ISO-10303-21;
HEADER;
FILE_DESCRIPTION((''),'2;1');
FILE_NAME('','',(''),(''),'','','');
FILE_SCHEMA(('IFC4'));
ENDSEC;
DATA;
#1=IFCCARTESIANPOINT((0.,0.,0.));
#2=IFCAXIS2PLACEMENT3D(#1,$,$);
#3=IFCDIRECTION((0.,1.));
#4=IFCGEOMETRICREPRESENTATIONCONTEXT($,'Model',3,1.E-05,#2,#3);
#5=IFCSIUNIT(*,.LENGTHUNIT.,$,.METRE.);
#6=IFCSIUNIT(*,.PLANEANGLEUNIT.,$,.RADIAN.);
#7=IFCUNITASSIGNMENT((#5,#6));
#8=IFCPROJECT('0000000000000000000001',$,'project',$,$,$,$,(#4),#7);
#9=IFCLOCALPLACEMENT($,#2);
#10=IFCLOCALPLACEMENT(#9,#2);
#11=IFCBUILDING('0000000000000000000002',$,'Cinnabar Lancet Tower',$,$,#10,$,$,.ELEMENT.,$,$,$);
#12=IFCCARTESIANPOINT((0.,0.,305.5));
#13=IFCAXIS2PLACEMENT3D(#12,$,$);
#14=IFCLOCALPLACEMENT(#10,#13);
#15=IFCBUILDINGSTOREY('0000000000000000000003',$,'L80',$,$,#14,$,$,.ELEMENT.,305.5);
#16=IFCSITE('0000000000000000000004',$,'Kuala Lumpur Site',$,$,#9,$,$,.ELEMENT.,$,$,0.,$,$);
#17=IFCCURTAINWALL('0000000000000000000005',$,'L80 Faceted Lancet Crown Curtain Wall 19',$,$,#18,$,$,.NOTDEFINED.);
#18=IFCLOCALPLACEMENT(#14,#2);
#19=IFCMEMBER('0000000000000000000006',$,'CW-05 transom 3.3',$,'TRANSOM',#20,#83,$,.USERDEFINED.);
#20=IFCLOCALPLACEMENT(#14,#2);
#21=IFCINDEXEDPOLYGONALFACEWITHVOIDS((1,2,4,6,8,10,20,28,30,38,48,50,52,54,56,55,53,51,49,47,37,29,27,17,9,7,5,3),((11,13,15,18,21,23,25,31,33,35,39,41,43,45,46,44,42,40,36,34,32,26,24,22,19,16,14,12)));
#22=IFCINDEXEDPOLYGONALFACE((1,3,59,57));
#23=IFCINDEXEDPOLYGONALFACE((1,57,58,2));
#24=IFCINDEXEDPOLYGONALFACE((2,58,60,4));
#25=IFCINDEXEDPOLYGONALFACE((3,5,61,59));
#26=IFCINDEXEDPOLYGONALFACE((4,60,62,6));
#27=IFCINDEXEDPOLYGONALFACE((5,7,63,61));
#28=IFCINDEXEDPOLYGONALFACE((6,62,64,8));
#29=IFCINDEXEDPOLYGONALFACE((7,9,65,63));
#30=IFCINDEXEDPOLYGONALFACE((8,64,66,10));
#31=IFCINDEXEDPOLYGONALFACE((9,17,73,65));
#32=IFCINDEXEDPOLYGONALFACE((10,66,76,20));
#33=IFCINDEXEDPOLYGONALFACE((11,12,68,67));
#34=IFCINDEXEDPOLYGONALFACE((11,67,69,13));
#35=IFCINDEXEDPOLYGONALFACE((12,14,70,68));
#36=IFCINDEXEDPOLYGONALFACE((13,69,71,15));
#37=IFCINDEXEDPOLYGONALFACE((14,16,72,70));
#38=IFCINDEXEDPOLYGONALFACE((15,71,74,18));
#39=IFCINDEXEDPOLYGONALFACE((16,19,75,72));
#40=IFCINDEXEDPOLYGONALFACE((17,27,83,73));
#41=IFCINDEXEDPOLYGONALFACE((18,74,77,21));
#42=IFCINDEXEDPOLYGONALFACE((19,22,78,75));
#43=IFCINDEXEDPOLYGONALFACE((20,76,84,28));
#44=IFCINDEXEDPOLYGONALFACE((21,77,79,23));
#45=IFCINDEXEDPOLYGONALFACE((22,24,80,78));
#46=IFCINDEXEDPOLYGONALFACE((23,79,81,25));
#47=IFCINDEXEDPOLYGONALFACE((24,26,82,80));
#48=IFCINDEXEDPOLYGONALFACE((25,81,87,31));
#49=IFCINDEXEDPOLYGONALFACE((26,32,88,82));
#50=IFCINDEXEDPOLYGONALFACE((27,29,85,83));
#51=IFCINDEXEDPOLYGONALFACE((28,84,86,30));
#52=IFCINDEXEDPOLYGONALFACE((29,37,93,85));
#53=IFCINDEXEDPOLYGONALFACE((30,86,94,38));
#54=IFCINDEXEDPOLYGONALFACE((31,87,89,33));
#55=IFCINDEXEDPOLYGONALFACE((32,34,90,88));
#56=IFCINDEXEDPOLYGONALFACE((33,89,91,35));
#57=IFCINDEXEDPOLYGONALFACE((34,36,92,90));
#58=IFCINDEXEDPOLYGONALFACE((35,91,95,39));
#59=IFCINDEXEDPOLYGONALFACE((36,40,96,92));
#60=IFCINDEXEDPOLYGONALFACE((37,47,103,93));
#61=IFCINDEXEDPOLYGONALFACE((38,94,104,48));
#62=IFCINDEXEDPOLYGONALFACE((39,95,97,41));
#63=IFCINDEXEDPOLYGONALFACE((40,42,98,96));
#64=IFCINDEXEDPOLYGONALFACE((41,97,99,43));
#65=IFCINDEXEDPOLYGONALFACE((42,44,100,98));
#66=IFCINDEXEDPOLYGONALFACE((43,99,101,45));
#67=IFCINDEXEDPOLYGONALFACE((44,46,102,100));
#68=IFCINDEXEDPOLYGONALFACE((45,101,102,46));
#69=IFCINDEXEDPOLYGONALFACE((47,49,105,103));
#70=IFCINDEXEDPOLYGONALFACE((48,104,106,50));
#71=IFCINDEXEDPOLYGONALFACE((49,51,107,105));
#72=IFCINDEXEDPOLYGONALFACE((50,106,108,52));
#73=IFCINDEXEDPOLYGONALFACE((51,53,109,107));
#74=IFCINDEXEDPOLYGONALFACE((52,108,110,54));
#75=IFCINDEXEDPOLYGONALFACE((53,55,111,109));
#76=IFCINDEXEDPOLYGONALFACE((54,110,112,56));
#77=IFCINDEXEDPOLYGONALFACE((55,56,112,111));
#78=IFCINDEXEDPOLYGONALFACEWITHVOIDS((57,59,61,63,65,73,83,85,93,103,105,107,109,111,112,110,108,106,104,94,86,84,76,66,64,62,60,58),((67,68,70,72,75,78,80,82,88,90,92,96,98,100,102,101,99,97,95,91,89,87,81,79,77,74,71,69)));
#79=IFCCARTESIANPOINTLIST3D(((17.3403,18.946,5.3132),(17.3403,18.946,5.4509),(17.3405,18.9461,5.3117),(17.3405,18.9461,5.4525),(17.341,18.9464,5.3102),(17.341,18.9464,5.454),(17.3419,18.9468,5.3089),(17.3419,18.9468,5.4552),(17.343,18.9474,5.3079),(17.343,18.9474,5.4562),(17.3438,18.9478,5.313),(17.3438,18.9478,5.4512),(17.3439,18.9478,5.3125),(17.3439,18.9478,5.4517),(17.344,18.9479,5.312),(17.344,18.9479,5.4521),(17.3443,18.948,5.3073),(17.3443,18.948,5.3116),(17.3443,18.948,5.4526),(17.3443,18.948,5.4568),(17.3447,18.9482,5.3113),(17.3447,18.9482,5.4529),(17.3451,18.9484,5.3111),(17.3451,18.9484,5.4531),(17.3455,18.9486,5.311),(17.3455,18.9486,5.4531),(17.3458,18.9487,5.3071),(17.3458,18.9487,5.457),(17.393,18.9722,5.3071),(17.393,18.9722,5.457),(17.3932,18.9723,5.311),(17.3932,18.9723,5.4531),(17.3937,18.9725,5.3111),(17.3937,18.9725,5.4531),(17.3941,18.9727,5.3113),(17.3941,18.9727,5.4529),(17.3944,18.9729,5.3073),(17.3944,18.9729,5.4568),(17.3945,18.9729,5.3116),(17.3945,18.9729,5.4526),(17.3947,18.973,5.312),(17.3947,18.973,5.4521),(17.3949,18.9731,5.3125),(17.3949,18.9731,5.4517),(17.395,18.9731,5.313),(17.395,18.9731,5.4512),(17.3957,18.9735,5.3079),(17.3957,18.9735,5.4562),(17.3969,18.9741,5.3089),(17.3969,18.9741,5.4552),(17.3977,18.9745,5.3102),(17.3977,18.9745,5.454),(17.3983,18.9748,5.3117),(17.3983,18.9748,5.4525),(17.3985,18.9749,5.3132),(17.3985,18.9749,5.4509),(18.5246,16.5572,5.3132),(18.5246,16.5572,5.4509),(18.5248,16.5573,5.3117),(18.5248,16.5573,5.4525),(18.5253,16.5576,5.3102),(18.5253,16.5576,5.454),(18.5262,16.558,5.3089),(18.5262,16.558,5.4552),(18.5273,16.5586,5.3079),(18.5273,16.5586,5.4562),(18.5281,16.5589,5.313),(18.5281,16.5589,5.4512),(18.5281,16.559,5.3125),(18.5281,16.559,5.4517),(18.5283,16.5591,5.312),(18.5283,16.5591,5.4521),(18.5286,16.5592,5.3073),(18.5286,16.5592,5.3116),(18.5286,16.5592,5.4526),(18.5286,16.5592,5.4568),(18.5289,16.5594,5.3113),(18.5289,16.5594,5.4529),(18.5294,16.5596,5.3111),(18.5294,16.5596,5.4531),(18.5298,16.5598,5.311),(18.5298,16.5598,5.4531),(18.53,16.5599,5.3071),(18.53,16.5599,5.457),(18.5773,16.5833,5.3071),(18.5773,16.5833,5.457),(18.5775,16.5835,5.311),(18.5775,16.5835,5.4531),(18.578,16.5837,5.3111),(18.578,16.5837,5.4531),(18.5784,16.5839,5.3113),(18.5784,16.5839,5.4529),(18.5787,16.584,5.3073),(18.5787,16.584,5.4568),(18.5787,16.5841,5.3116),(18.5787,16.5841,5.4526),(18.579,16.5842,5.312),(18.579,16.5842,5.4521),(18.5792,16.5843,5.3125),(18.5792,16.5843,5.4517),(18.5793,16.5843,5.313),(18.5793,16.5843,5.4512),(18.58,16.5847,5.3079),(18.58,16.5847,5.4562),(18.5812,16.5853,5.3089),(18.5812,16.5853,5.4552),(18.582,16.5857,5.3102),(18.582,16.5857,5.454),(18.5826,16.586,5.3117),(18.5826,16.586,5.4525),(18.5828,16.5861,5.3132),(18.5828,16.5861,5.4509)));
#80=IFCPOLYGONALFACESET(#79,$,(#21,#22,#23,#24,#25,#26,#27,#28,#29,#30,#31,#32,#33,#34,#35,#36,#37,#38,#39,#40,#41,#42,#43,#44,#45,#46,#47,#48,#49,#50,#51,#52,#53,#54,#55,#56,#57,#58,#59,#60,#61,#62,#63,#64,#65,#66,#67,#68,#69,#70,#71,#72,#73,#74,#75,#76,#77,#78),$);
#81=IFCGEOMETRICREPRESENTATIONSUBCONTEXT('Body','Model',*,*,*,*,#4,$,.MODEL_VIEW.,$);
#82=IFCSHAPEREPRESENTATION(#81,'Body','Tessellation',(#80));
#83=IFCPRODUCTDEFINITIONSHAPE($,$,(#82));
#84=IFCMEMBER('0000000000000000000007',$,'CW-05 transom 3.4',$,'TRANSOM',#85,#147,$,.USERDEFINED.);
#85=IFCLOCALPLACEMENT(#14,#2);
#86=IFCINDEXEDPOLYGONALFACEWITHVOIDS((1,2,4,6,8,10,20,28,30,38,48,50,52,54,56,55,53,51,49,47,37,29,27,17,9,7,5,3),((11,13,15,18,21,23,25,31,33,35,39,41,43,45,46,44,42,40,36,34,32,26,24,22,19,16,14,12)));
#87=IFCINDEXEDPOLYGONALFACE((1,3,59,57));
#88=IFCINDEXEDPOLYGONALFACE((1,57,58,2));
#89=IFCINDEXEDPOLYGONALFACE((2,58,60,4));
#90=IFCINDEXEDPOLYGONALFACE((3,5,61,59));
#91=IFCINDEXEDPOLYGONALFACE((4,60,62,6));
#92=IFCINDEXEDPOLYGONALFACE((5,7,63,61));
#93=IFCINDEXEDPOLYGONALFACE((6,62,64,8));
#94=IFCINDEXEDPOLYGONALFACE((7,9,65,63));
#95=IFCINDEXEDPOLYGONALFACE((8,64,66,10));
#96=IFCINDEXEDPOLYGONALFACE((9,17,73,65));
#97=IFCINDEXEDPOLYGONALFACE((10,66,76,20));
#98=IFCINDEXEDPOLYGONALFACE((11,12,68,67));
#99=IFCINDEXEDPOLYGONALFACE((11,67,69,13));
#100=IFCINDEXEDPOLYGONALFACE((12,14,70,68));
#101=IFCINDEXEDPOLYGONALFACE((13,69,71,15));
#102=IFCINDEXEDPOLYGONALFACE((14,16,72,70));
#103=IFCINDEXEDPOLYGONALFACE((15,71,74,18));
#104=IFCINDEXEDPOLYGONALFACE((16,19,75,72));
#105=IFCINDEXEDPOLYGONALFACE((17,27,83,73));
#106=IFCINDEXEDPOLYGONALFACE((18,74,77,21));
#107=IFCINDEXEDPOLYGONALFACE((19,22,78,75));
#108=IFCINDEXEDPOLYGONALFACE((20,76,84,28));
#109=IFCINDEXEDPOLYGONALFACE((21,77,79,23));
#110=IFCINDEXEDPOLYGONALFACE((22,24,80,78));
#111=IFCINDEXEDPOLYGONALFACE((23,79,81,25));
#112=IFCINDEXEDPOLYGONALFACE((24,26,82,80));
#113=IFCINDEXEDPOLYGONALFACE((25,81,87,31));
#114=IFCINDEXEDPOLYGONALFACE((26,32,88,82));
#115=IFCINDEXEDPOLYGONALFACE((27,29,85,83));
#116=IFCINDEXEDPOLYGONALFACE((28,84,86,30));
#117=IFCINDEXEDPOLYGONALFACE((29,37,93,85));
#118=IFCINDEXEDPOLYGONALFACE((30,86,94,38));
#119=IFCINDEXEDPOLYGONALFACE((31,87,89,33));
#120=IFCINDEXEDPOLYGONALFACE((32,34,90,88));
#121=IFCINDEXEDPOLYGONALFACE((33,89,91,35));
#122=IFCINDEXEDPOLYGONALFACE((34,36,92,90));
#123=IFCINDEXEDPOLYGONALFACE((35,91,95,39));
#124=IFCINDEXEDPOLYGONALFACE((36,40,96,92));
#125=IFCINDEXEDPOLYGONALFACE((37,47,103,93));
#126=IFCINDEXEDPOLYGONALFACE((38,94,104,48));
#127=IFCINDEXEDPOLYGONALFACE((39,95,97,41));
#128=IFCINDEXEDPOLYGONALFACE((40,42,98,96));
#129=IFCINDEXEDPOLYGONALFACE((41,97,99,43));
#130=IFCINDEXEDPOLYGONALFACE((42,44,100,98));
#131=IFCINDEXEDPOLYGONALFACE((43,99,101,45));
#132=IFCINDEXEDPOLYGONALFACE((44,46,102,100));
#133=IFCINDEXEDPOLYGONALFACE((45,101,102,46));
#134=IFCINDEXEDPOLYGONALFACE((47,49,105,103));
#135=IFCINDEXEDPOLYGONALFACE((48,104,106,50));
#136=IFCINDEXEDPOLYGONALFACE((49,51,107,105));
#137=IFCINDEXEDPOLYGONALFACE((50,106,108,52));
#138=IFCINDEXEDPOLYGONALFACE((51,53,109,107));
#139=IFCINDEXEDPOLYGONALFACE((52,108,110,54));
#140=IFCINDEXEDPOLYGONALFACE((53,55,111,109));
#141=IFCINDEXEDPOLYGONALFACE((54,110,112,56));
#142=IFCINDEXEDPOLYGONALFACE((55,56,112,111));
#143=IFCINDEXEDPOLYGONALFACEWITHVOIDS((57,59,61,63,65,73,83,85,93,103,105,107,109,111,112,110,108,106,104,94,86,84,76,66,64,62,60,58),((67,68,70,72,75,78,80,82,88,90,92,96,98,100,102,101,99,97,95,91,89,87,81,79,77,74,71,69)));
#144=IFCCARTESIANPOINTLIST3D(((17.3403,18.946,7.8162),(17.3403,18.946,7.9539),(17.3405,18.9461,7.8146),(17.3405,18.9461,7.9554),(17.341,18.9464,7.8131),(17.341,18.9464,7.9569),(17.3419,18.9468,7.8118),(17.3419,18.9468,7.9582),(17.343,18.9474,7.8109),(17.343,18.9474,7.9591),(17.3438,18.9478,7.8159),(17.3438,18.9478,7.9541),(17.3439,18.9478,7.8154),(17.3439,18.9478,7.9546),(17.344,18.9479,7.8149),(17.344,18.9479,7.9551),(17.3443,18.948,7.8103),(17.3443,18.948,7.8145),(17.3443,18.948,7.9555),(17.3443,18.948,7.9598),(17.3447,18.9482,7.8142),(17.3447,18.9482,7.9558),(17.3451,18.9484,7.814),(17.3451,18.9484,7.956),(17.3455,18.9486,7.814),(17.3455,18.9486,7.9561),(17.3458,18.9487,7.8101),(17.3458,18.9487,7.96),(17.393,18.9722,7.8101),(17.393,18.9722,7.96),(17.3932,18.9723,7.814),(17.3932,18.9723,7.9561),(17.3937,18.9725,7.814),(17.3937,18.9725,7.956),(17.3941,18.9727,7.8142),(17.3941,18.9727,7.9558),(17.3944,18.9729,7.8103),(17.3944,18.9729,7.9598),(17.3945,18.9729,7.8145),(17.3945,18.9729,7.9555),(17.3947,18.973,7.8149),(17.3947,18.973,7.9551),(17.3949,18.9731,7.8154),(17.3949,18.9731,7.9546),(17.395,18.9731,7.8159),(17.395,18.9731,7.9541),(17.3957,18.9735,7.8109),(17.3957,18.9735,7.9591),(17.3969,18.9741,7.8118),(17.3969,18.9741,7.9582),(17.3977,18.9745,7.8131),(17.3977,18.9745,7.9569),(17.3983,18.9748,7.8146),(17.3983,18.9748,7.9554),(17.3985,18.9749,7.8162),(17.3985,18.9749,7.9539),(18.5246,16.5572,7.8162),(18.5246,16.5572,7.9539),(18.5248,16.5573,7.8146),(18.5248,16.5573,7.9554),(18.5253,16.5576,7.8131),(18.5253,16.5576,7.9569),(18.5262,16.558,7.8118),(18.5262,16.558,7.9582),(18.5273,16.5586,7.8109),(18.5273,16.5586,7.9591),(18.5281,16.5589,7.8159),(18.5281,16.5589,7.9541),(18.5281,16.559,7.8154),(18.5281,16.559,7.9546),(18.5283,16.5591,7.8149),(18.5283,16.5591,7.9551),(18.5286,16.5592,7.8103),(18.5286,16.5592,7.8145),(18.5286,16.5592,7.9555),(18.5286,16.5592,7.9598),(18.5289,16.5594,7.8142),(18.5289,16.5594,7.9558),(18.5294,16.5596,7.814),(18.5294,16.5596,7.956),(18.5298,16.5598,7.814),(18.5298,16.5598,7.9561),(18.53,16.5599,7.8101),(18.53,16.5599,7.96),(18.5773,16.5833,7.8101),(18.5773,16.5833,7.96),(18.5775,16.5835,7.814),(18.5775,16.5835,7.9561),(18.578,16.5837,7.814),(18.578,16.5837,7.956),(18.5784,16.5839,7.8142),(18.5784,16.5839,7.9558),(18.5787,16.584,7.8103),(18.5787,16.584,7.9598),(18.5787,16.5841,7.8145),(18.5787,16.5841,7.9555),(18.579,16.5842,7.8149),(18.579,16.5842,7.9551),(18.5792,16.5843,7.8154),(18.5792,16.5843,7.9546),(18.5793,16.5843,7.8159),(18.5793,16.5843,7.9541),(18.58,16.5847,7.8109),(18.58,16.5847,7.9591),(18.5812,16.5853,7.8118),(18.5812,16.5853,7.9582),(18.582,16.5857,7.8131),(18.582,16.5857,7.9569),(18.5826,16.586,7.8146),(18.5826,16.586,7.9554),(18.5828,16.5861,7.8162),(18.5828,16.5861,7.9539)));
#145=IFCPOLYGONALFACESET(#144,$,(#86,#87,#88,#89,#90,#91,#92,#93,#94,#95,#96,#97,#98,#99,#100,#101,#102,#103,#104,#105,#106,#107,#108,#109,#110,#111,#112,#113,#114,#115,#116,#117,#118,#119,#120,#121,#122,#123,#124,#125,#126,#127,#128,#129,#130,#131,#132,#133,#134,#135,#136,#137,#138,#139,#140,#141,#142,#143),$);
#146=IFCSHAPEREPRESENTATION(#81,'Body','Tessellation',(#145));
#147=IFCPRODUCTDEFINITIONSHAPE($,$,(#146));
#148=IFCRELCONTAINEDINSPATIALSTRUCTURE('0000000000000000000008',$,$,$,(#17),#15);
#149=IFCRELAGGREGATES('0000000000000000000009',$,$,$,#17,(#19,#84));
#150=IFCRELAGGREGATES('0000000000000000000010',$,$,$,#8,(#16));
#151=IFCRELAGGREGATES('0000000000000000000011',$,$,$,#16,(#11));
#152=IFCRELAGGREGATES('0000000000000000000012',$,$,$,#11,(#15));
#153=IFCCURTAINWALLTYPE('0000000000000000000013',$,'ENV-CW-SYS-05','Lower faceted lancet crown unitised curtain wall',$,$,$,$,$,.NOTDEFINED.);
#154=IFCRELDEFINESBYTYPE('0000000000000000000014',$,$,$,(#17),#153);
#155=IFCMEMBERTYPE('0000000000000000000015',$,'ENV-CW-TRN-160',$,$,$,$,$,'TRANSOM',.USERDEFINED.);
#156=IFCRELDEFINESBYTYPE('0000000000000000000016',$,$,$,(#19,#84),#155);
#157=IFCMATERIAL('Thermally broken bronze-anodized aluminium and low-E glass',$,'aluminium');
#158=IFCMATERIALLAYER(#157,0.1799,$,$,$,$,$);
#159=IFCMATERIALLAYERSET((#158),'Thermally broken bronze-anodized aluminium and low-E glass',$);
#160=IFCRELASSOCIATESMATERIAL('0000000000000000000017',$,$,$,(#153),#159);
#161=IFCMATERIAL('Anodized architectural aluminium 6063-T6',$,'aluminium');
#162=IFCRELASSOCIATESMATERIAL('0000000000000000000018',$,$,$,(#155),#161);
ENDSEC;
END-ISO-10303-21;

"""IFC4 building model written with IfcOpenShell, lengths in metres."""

from ifc_helpers import new_model, si_unit, direction, frame, origin, origin_2d, place, context, subcontext, project, spatial, hollow_rectangle, extrude, material, layer, layer_set, material_profile, profile_set, type_object, element, aggregate, save


model = new_model("IFC4")

# Units and contexts
model_context = context("Model", 3, precision=1e-05, world=origin(), true_north=direction((0.0, 1.0)))
body_context = subcontext(model_context, "Body", "Model", "MODEL_VIEW")
ifc_project = project(units=[si_unit("LENGTHUNIT", "METRE"), si_unit("PLANEANGLEUNIT", "RADIAN")], contexts=[model_context])

# Site, building, storey
site_placement = place(None, origin())
site = spatial("IfcSite", under=ifc_project, at=site_placement, Name="Kuala Lumpur Site", CompositionType="ELEMENT", RefElevation=0.0)
building_placement = place(site_placement, origin())
building = spatial("IfcBuilding", under=site, at=building_placement, Name="Cinnabar Lancet Tower", CompositionType="ELEMENT")
storey_placement = place(building_placement, frame((0.0, 0.0, 305.5)))
storey = spatial("IfcBuildingStorey", under=building, at=storey_placement, Name="L80", CompositionType="ELEMENT", Elevation=305.5)

# Curtain wall
ifc_material_1 = material(Name="Thermally broken bronze-anodized aluminium and low-E glass", Category="aluminium")
ifc_layer_1 = layer(ifc_material_1, 0.1799)
ifc_layer_set_1 = layer_set([ifc_layer_1], Name="Thermally broken bronze-anodized aluminium and low-E glass")
curtain_wall_type = type_object("IfcCurtainWallType", Name="ENV-CW-SYS-05", Description="Lower faceted lancet crown unitised curtain wall", PredefinedType="NOTDEFINED", material=ifc_layer_set_1)
curtain_wall_1_placement = place(storey_placement, origin())
curtain_wall_1 = element("IfcCurtainWall", 1, at=curtain_wall_1_placement, inside=storey, type_object=curtain_wall_type, Name="L80 Faceted Lancet Crown Curtain Wall 19", PredefinedType="NOTDEFINED")

# Members
ifc_material_2 = material(Name="Anodized architectural aluminium 6063-T6", Category="aluminium")
ifc_material_profile_1 = material_profile(ifc_material_2, hollow_rectangle(XDim=0.0649, YDim=0.1499, WallThickness=0.0039, InnerFilletRadius=0.002, OuterFilletRadius=0.0061, at=origin_2d()), Name="CW-TRN 150x65x4")
ifc_profile_set_1 = profile_set([ifc_material_profile_1], Name="Anodized architectural aluminium 6063-T6")
member_type_1 = type_object("IfcMemberType", Name="ENV-CW-TRN-160", ElementType="TRANSOM", PredefinedType="USERDEFINED", material=ifc_profile_set_1)
member_1_placement = place(storey_placement, frame((17.3694, 18.9604, 5.3821), z_axis=(0.444171, -0.895942, 0.0), x_axis=(0.895942, 0.444171, 0.0)))
member_1 = element("IfcMember", 2, at=member_1_placement, type_object=member_type_1, Name="CW-05 transom 3.3", ObjectType="TRANSOM", PredefinedType="USERDEFINED", context=body_context, shape_type="SweptSolid", body=[
    extrude(hollow_rectangle(XDim=0.0649, YDim=0.1499, WallThickness=0.0039, InnerFilletRadius=0.002, OuterFilletRadius=0.0061, at=origin_2d()), origin(), (0.0, 0.0, 1.0), 2.6663),
])
member_2_placement = place(storey_placement, frame((17.3694, 18.9604, 7.885), z_axis=(0.444171, -0.895942, 0.0), x_axis=(0.895942, 0.444171, 0.0)))
member_2 = element("IfcMember", 3, at=member_2_placement, type_object=member_type_1, Name="CW-05 transom 3.4", ObjectType="TRANSOM", PredefinedType="USERDEFINED", context=body_context, shape_type="SweptSolid", body=[
    extrude(hollow_rectangle(XDim=0.0649, YDim=0.1499, WallThickness=0.0039, InnerFilletRadius=0.002, OuterFilletRadius=0.0061, at=origin_2d()), origin(), (0.0, 0.0, 1.0), 2.6663),
])

aggregate(curtain_wall_1, [member_1, member_2])

save(model, "model.ifc")
